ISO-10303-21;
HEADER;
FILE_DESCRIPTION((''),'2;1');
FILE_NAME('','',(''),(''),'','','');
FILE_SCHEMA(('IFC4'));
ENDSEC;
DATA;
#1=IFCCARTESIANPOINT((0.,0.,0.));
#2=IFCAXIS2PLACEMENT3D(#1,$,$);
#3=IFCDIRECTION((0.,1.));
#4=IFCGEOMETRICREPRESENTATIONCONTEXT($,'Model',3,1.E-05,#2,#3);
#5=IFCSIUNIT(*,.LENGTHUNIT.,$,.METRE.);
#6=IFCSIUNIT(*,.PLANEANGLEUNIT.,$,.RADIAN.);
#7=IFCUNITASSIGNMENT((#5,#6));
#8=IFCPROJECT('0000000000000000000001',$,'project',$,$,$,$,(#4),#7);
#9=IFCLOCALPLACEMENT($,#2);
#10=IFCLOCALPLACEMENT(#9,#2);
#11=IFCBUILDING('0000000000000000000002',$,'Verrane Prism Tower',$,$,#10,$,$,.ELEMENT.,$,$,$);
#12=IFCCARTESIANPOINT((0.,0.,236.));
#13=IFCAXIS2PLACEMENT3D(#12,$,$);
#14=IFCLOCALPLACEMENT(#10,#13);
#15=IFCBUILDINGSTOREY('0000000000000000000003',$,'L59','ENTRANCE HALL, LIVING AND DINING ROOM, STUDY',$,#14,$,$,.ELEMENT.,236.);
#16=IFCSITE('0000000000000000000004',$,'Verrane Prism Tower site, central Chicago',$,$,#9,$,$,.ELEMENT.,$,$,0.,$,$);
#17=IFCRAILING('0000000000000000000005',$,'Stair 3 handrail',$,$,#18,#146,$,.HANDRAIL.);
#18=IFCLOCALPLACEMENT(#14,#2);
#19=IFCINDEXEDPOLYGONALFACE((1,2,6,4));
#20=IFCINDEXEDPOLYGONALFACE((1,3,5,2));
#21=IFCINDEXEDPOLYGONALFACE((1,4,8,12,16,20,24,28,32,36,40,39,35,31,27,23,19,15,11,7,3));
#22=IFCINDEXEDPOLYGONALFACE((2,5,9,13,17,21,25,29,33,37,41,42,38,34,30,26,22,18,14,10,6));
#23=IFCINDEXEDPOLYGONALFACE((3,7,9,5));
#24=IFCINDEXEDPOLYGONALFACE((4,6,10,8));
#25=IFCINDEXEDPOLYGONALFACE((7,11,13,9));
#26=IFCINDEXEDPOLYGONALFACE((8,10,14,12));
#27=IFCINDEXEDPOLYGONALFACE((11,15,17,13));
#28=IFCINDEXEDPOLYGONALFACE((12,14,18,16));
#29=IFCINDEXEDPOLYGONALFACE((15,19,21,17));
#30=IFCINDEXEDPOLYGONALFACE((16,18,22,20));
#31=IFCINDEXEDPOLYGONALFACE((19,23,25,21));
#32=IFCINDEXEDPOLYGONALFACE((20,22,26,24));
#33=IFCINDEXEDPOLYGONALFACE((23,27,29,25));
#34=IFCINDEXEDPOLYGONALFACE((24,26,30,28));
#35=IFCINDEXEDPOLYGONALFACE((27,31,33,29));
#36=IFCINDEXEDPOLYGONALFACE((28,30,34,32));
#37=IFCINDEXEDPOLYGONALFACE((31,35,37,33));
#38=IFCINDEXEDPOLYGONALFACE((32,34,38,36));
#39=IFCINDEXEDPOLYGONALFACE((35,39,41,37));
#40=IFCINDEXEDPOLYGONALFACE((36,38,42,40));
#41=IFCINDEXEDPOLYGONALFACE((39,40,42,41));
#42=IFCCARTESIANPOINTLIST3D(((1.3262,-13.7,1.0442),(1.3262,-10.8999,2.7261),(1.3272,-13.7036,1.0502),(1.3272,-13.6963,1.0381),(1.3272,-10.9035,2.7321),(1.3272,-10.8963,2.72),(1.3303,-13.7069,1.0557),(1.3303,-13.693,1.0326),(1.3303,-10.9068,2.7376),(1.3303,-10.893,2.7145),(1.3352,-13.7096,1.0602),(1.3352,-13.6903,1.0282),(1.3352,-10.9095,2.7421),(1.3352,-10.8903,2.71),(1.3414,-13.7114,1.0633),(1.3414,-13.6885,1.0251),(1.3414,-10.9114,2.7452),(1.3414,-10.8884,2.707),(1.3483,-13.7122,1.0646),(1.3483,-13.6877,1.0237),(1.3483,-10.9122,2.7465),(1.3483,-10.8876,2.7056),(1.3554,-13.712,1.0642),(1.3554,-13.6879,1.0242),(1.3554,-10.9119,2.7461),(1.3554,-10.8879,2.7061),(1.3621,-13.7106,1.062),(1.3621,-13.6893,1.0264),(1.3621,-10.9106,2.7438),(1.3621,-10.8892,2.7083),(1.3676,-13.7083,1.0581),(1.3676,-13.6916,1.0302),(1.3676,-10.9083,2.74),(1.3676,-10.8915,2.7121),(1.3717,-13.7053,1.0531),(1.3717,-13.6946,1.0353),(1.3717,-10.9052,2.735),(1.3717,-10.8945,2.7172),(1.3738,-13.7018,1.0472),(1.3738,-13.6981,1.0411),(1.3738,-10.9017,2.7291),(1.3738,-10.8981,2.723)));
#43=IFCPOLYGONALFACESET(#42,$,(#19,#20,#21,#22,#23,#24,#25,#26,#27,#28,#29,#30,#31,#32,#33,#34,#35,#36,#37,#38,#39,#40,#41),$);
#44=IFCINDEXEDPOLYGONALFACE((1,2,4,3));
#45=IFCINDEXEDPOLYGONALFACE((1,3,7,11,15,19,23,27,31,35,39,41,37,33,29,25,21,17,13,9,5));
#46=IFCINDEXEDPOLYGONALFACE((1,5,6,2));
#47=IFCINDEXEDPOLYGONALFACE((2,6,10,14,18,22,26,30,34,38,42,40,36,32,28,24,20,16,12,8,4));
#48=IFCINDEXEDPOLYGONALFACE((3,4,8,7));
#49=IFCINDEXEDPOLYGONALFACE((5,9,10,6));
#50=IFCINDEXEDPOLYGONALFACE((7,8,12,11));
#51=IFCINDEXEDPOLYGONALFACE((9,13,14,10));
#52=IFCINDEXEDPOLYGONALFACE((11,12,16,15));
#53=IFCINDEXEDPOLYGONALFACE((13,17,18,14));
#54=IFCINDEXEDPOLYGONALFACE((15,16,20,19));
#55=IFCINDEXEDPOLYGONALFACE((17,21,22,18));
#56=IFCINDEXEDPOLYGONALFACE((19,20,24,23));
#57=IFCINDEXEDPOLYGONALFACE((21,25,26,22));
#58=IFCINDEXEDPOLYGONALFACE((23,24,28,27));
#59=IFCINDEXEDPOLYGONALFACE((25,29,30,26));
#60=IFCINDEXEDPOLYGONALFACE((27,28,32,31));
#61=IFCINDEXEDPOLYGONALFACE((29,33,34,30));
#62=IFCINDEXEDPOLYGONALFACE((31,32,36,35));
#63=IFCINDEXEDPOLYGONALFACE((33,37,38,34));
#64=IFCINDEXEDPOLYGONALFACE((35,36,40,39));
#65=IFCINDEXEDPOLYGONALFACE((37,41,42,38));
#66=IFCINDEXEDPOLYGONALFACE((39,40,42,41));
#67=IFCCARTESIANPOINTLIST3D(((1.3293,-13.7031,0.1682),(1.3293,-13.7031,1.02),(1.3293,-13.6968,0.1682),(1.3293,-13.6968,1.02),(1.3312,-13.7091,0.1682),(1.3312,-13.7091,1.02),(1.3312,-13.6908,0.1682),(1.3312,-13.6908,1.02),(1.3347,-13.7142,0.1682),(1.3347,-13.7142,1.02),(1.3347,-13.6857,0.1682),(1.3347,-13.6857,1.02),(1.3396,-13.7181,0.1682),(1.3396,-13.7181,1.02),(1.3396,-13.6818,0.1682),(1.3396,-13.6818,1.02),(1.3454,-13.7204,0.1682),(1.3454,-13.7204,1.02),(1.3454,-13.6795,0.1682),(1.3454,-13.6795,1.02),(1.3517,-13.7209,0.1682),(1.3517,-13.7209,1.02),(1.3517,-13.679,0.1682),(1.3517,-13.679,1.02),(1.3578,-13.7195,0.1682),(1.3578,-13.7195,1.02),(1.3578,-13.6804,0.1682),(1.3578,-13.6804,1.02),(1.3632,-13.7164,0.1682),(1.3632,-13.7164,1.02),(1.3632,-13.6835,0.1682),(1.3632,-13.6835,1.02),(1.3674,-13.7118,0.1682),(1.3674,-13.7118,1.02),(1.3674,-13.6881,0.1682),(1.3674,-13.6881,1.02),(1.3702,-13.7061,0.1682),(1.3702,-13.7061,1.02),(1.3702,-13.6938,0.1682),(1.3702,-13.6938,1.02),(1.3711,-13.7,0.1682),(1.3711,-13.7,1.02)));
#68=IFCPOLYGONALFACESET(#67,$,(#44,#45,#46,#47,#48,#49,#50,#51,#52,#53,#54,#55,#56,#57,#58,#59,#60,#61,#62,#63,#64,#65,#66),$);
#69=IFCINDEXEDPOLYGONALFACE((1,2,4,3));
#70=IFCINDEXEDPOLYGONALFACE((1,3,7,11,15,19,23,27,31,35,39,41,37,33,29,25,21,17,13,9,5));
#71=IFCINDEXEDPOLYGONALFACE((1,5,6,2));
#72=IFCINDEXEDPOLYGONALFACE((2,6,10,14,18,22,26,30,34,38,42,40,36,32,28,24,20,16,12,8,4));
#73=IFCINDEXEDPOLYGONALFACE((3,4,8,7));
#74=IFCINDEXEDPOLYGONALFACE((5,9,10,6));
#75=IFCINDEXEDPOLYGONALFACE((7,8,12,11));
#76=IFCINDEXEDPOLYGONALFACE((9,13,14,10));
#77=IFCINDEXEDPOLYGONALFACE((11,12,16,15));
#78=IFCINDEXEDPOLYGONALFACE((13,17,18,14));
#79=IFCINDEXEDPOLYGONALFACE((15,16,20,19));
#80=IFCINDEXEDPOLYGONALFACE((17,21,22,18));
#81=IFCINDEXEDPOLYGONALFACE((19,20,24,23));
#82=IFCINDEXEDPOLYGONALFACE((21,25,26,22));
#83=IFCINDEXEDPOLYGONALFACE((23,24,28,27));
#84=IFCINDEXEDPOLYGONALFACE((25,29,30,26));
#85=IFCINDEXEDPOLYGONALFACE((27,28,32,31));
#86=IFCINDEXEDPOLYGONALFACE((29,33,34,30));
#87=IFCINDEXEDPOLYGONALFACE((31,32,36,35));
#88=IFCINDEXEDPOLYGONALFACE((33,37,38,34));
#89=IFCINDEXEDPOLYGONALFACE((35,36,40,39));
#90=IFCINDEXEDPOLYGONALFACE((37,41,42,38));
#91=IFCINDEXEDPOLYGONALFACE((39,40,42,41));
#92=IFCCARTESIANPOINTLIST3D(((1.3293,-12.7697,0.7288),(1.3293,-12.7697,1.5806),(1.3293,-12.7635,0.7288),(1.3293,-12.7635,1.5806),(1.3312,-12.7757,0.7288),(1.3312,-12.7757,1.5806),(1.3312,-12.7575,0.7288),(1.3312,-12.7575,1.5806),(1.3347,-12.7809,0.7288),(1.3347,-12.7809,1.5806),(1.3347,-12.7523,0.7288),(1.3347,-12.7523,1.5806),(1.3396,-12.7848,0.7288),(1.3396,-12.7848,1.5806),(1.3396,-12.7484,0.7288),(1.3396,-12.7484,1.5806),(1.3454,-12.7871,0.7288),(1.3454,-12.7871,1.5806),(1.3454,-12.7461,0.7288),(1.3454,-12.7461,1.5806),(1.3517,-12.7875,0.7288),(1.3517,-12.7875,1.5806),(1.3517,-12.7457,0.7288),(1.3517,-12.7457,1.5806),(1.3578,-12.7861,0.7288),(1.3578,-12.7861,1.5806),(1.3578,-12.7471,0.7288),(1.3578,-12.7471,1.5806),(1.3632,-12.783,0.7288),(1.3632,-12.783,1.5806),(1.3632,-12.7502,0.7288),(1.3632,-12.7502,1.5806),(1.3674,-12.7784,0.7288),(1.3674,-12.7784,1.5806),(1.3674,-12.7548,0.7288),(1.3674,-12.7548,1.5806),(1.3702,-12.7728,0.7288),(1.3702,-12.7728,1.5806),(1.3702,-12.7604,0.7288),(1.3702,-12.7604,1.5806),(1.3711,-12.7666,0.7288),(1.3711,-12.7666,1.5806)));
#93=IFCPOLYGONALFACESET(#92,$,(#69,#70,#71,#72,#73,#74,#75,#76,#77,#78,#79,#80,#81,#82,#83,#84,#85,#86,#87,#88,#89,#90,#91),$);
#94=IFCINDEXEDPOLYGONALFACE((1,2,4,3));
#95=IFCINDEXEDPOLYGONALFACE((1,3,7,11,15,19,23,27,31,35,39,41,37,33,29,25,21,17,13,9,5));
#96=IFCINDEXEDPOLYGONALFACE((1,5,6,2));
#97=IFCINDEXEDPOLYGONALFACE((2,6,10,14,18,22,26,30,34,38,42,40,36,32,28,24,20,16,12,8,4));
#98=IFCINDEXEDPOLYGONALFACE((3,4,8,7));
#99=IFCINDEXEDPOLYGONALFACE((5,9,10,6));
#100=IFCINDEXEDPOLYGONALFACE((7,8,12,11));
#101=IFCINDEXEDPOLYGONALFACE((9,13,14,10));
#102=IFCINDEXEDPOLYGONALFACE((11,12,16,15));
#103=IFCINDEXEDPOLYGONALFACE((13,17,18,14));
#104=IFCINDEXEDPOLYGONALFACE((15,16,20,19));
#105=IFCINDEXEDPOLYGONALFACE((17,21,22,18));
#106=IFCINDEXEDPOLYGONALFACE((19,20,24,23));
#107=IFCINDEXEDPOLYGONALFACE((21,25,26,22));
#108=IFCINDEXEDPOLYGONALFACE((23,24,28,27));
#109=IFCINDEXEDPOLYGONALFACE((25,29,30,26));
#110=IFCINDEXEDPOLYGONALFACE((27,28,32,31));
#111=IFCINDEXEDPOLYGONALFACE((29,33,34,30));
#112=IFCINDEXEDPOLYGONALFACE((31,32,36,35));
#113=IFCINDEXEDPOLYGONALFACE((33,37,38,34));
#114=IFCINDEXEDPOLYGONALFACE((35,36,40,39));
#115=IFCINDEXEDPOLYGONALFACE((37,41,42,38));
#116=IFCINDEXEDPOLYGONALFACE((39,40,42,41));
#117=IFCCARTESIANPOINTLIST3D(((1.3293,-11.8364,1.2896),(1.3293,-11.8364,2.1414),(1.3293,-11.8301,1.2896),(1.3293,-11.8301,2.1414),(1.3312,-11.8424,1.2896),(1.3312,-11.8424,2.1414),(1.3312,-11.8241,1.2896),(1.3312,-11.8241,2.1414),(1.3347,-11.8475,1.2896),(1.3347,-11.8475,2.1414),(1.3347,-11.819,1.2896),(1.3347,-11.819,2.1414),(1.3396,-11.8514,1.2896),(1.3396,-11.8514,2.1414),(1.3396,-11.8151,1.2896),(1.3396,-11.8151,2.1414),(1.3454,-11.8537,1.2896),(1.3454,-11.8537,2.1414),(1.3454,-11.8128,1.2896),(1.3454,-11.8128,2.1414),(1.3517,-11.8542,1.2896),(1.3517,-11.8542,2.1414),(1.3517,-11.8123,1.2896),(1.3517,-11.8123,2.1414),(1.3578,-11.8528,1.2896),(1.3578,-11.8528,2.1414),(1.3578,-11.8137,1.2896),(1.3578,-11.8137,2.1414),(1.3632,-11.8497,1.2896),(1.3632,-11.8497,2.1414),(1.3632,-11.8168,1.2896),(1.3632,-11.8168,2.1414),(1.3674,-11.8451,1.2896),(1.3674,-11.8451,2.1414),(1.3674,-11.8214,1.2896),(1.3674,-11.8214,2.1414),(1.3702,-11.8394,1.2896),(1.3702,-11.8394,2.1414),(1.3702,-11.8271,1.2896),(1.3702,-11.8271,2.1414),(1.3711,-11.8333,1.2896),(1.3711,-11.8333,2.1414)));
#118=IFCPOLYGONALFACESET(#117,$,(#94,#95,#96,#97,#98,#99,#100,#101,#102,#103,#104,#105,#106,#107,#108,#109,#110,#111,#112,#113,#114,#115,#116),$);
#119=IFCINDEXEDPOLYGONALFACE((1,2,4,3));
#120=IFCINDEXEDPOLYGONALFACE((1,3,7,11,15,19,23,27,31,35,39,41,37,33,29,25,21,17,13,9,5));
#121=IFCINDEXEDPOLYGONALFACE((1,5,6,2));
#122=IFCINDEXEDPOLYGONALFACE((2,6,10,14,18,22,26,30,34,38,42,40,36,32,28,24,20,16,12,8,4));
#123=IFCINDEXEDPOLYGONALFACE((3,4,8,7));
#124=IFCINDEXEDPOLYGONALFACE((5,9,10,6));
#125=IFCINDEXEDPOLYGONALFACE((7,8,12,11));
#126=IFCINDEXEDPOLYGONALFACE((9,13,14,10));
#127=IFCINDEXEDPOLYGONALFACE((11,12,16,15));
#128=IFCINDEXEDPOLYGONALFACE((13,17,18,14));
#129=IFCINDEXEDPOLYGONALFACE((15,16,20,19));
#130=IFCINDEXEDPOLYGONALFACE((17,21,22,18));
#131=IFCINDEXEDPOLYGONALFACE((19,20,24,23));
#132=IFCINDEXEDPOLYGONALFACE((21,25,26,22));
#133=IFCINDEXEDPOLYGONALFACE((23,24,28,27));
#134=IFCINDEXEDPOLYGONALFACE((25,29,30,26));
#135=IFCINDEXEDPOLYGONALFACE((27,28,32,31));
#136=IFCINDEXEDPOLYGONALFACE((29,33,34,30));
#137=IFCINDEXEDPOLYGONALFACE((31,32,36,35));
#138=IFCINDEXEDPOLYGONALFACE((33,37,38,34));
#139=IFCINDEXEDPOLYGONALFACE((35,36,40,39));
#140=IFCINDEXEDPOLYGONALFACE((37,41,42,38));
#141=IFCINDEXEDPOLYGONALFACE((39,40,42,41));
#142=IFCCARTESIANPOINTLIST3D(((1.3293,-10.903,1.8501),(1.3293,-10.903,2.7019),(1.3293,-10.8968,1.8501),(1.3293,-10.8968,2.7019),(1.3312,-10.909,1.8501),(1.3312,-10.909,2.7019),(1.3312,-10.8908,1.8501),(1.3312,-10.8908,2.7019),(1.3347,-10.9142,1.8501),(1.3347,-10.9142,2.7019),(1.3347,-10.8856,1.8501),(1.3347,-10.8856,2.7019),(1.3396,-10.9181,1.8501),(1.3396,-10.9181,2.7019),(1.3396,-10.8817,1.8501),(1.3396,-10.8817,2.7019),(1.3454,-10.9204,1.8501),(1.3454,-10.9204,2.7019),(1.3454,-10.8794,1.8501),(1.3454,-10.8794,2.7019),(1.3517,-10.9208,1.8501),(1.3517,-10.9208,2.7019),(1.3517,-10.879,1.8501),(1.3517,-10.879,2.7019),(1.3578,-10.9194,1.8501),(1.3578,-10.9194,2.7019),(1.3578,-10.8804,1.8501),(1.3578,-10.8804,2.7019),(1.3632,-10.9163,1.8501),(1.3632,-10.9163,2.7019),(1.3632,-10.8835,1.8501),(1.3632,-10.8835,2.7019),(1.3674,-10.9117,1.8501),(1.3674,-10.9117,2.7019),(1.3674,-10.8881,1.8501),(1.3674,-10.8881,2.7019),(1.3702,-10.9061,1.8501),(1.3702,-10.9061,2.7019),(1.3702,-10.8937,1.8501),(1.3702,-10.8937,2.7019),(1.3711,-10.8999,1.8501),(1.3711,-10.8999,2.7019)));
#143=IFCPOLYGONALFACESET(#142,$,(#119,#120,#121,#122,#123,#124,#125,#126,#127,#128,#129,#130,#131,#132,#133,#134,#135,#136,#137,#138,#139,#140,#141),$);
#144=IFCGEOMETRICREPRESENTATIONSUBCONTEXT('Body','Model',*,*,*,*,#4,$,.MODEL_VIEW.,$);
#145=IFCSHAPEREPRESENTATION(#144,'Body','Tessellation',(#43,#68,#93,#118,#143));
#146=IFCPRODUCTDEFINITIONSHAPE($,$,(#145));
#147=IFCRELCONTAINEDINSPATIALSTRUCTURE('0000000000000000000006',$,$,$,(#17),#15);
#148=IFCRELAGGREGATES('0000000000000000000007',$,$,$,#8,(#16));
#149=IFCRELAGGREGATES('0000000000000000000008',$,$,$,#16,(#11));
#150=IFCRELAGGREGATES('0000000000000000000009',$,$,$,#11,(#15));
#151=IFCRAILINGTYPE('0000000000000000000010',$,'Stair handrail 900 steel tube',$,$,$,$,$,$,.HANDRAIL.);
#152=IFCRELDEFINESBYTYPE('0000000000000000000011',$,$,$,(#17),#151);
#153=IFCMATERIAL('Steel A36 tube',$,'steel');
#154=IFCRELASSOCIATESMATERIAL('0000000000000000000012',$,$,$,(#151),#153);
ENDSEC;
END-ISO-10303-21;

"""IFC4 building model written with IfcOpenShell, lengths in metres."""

from ifc_helpers import new_model, si_unit, direction, frame, origin, origin_2d, place, context, subcontext, project, spatial, circle, extrude, material, type_object, element, save


model = new_model("IFC4")

# Units and contexts
model_context = context("Model", 3, precision=1e-05, world=origin(), true_north=direction((0.0, 1.0)))
body_context = subcontext(model_context, "Body", "Model", "MODEL_VIEW")
ifc_project = project(units=[si_unit("LENGTHUNIT", "METRE"), si_unit("PLANEANGLEUNIT", "RADIAN")], contexts=[model_context])

# Site, building, storey
site_placement = place(None, origin())
site = spatial("IfcSite", under=ifc_project, at=site_placement, Name="Verrane Prism Tower site, central Chicago", CompositionType="ELEMENT", RefElevation=0.0)
building_placement = place(site_placement, origin())
building = spatial("IfcBuilding", under=site, at=building_placement, Name="Verrane Prism Tower", CompositionType="ELEMENT")
storey_placement = place(building_placement, frame((0.0, 0.0, 236.0)))
storey = spatial("IfcBuildingStorey", under=building, at=storey_placement, Name="L59", Description="ENTRANCE HALL, LIVING AND DINING ROOM, STUDY", CompositionType="ELEMENT", Elevation=236.0)

# Railing
ifc_material_1 = material(Name="Steel A36 tube", Category="steel")
railing_type_1 = type_object("IfcRailingType", Name="Stair handrail 900 steel tube", PredefinedType="HANDRAIL", material=ifc_material_1)
railing_1_placement = place(storey_placement, frame((1.3501, -13.7, 0.1682)))
element("IfcRailing", 1, at=railing_1_placement, inside=storey, type_object=railing_type_1, Name="Stair 3 handrail", PredefinedType="HANDRAIL", context=body_context, shape_type="SweptSolid", body=[
    extrude(circle(Radius=0.0239, at=origin_2d()), frame((0.0, 0.0, 0.876), z_axis=(0.0, 0.857242, 0.514913), x_axis=(-1.0, 0.0, 0.0)), (0.0, 0.0, 1.0), 3.2664),
    extrude(circle(Radius=0.021, at=origin_2d()), origin(), (0.0, 0.0, 1.0), 0.8518),
    extrude(circle(Radius=0.021, at=origin_2d()), frame((0.0, 0.9333, 0.5605)), (0.0, 0.0, 1.0), 0.8518),
    extrude(circle(Radius=0.021, at=origin_2d()), frame((0.0, 1.8667, 1.1213)), (0.0, 0.0, 1.0), 0.8518),
    extrude(circle(Radius=0.021, at=origin_2d()), frame((0.0, 2.8, 1.6819)), (0.0, 0.0, 1.0), 0.8518),
])

save(model, "model.ifc")
